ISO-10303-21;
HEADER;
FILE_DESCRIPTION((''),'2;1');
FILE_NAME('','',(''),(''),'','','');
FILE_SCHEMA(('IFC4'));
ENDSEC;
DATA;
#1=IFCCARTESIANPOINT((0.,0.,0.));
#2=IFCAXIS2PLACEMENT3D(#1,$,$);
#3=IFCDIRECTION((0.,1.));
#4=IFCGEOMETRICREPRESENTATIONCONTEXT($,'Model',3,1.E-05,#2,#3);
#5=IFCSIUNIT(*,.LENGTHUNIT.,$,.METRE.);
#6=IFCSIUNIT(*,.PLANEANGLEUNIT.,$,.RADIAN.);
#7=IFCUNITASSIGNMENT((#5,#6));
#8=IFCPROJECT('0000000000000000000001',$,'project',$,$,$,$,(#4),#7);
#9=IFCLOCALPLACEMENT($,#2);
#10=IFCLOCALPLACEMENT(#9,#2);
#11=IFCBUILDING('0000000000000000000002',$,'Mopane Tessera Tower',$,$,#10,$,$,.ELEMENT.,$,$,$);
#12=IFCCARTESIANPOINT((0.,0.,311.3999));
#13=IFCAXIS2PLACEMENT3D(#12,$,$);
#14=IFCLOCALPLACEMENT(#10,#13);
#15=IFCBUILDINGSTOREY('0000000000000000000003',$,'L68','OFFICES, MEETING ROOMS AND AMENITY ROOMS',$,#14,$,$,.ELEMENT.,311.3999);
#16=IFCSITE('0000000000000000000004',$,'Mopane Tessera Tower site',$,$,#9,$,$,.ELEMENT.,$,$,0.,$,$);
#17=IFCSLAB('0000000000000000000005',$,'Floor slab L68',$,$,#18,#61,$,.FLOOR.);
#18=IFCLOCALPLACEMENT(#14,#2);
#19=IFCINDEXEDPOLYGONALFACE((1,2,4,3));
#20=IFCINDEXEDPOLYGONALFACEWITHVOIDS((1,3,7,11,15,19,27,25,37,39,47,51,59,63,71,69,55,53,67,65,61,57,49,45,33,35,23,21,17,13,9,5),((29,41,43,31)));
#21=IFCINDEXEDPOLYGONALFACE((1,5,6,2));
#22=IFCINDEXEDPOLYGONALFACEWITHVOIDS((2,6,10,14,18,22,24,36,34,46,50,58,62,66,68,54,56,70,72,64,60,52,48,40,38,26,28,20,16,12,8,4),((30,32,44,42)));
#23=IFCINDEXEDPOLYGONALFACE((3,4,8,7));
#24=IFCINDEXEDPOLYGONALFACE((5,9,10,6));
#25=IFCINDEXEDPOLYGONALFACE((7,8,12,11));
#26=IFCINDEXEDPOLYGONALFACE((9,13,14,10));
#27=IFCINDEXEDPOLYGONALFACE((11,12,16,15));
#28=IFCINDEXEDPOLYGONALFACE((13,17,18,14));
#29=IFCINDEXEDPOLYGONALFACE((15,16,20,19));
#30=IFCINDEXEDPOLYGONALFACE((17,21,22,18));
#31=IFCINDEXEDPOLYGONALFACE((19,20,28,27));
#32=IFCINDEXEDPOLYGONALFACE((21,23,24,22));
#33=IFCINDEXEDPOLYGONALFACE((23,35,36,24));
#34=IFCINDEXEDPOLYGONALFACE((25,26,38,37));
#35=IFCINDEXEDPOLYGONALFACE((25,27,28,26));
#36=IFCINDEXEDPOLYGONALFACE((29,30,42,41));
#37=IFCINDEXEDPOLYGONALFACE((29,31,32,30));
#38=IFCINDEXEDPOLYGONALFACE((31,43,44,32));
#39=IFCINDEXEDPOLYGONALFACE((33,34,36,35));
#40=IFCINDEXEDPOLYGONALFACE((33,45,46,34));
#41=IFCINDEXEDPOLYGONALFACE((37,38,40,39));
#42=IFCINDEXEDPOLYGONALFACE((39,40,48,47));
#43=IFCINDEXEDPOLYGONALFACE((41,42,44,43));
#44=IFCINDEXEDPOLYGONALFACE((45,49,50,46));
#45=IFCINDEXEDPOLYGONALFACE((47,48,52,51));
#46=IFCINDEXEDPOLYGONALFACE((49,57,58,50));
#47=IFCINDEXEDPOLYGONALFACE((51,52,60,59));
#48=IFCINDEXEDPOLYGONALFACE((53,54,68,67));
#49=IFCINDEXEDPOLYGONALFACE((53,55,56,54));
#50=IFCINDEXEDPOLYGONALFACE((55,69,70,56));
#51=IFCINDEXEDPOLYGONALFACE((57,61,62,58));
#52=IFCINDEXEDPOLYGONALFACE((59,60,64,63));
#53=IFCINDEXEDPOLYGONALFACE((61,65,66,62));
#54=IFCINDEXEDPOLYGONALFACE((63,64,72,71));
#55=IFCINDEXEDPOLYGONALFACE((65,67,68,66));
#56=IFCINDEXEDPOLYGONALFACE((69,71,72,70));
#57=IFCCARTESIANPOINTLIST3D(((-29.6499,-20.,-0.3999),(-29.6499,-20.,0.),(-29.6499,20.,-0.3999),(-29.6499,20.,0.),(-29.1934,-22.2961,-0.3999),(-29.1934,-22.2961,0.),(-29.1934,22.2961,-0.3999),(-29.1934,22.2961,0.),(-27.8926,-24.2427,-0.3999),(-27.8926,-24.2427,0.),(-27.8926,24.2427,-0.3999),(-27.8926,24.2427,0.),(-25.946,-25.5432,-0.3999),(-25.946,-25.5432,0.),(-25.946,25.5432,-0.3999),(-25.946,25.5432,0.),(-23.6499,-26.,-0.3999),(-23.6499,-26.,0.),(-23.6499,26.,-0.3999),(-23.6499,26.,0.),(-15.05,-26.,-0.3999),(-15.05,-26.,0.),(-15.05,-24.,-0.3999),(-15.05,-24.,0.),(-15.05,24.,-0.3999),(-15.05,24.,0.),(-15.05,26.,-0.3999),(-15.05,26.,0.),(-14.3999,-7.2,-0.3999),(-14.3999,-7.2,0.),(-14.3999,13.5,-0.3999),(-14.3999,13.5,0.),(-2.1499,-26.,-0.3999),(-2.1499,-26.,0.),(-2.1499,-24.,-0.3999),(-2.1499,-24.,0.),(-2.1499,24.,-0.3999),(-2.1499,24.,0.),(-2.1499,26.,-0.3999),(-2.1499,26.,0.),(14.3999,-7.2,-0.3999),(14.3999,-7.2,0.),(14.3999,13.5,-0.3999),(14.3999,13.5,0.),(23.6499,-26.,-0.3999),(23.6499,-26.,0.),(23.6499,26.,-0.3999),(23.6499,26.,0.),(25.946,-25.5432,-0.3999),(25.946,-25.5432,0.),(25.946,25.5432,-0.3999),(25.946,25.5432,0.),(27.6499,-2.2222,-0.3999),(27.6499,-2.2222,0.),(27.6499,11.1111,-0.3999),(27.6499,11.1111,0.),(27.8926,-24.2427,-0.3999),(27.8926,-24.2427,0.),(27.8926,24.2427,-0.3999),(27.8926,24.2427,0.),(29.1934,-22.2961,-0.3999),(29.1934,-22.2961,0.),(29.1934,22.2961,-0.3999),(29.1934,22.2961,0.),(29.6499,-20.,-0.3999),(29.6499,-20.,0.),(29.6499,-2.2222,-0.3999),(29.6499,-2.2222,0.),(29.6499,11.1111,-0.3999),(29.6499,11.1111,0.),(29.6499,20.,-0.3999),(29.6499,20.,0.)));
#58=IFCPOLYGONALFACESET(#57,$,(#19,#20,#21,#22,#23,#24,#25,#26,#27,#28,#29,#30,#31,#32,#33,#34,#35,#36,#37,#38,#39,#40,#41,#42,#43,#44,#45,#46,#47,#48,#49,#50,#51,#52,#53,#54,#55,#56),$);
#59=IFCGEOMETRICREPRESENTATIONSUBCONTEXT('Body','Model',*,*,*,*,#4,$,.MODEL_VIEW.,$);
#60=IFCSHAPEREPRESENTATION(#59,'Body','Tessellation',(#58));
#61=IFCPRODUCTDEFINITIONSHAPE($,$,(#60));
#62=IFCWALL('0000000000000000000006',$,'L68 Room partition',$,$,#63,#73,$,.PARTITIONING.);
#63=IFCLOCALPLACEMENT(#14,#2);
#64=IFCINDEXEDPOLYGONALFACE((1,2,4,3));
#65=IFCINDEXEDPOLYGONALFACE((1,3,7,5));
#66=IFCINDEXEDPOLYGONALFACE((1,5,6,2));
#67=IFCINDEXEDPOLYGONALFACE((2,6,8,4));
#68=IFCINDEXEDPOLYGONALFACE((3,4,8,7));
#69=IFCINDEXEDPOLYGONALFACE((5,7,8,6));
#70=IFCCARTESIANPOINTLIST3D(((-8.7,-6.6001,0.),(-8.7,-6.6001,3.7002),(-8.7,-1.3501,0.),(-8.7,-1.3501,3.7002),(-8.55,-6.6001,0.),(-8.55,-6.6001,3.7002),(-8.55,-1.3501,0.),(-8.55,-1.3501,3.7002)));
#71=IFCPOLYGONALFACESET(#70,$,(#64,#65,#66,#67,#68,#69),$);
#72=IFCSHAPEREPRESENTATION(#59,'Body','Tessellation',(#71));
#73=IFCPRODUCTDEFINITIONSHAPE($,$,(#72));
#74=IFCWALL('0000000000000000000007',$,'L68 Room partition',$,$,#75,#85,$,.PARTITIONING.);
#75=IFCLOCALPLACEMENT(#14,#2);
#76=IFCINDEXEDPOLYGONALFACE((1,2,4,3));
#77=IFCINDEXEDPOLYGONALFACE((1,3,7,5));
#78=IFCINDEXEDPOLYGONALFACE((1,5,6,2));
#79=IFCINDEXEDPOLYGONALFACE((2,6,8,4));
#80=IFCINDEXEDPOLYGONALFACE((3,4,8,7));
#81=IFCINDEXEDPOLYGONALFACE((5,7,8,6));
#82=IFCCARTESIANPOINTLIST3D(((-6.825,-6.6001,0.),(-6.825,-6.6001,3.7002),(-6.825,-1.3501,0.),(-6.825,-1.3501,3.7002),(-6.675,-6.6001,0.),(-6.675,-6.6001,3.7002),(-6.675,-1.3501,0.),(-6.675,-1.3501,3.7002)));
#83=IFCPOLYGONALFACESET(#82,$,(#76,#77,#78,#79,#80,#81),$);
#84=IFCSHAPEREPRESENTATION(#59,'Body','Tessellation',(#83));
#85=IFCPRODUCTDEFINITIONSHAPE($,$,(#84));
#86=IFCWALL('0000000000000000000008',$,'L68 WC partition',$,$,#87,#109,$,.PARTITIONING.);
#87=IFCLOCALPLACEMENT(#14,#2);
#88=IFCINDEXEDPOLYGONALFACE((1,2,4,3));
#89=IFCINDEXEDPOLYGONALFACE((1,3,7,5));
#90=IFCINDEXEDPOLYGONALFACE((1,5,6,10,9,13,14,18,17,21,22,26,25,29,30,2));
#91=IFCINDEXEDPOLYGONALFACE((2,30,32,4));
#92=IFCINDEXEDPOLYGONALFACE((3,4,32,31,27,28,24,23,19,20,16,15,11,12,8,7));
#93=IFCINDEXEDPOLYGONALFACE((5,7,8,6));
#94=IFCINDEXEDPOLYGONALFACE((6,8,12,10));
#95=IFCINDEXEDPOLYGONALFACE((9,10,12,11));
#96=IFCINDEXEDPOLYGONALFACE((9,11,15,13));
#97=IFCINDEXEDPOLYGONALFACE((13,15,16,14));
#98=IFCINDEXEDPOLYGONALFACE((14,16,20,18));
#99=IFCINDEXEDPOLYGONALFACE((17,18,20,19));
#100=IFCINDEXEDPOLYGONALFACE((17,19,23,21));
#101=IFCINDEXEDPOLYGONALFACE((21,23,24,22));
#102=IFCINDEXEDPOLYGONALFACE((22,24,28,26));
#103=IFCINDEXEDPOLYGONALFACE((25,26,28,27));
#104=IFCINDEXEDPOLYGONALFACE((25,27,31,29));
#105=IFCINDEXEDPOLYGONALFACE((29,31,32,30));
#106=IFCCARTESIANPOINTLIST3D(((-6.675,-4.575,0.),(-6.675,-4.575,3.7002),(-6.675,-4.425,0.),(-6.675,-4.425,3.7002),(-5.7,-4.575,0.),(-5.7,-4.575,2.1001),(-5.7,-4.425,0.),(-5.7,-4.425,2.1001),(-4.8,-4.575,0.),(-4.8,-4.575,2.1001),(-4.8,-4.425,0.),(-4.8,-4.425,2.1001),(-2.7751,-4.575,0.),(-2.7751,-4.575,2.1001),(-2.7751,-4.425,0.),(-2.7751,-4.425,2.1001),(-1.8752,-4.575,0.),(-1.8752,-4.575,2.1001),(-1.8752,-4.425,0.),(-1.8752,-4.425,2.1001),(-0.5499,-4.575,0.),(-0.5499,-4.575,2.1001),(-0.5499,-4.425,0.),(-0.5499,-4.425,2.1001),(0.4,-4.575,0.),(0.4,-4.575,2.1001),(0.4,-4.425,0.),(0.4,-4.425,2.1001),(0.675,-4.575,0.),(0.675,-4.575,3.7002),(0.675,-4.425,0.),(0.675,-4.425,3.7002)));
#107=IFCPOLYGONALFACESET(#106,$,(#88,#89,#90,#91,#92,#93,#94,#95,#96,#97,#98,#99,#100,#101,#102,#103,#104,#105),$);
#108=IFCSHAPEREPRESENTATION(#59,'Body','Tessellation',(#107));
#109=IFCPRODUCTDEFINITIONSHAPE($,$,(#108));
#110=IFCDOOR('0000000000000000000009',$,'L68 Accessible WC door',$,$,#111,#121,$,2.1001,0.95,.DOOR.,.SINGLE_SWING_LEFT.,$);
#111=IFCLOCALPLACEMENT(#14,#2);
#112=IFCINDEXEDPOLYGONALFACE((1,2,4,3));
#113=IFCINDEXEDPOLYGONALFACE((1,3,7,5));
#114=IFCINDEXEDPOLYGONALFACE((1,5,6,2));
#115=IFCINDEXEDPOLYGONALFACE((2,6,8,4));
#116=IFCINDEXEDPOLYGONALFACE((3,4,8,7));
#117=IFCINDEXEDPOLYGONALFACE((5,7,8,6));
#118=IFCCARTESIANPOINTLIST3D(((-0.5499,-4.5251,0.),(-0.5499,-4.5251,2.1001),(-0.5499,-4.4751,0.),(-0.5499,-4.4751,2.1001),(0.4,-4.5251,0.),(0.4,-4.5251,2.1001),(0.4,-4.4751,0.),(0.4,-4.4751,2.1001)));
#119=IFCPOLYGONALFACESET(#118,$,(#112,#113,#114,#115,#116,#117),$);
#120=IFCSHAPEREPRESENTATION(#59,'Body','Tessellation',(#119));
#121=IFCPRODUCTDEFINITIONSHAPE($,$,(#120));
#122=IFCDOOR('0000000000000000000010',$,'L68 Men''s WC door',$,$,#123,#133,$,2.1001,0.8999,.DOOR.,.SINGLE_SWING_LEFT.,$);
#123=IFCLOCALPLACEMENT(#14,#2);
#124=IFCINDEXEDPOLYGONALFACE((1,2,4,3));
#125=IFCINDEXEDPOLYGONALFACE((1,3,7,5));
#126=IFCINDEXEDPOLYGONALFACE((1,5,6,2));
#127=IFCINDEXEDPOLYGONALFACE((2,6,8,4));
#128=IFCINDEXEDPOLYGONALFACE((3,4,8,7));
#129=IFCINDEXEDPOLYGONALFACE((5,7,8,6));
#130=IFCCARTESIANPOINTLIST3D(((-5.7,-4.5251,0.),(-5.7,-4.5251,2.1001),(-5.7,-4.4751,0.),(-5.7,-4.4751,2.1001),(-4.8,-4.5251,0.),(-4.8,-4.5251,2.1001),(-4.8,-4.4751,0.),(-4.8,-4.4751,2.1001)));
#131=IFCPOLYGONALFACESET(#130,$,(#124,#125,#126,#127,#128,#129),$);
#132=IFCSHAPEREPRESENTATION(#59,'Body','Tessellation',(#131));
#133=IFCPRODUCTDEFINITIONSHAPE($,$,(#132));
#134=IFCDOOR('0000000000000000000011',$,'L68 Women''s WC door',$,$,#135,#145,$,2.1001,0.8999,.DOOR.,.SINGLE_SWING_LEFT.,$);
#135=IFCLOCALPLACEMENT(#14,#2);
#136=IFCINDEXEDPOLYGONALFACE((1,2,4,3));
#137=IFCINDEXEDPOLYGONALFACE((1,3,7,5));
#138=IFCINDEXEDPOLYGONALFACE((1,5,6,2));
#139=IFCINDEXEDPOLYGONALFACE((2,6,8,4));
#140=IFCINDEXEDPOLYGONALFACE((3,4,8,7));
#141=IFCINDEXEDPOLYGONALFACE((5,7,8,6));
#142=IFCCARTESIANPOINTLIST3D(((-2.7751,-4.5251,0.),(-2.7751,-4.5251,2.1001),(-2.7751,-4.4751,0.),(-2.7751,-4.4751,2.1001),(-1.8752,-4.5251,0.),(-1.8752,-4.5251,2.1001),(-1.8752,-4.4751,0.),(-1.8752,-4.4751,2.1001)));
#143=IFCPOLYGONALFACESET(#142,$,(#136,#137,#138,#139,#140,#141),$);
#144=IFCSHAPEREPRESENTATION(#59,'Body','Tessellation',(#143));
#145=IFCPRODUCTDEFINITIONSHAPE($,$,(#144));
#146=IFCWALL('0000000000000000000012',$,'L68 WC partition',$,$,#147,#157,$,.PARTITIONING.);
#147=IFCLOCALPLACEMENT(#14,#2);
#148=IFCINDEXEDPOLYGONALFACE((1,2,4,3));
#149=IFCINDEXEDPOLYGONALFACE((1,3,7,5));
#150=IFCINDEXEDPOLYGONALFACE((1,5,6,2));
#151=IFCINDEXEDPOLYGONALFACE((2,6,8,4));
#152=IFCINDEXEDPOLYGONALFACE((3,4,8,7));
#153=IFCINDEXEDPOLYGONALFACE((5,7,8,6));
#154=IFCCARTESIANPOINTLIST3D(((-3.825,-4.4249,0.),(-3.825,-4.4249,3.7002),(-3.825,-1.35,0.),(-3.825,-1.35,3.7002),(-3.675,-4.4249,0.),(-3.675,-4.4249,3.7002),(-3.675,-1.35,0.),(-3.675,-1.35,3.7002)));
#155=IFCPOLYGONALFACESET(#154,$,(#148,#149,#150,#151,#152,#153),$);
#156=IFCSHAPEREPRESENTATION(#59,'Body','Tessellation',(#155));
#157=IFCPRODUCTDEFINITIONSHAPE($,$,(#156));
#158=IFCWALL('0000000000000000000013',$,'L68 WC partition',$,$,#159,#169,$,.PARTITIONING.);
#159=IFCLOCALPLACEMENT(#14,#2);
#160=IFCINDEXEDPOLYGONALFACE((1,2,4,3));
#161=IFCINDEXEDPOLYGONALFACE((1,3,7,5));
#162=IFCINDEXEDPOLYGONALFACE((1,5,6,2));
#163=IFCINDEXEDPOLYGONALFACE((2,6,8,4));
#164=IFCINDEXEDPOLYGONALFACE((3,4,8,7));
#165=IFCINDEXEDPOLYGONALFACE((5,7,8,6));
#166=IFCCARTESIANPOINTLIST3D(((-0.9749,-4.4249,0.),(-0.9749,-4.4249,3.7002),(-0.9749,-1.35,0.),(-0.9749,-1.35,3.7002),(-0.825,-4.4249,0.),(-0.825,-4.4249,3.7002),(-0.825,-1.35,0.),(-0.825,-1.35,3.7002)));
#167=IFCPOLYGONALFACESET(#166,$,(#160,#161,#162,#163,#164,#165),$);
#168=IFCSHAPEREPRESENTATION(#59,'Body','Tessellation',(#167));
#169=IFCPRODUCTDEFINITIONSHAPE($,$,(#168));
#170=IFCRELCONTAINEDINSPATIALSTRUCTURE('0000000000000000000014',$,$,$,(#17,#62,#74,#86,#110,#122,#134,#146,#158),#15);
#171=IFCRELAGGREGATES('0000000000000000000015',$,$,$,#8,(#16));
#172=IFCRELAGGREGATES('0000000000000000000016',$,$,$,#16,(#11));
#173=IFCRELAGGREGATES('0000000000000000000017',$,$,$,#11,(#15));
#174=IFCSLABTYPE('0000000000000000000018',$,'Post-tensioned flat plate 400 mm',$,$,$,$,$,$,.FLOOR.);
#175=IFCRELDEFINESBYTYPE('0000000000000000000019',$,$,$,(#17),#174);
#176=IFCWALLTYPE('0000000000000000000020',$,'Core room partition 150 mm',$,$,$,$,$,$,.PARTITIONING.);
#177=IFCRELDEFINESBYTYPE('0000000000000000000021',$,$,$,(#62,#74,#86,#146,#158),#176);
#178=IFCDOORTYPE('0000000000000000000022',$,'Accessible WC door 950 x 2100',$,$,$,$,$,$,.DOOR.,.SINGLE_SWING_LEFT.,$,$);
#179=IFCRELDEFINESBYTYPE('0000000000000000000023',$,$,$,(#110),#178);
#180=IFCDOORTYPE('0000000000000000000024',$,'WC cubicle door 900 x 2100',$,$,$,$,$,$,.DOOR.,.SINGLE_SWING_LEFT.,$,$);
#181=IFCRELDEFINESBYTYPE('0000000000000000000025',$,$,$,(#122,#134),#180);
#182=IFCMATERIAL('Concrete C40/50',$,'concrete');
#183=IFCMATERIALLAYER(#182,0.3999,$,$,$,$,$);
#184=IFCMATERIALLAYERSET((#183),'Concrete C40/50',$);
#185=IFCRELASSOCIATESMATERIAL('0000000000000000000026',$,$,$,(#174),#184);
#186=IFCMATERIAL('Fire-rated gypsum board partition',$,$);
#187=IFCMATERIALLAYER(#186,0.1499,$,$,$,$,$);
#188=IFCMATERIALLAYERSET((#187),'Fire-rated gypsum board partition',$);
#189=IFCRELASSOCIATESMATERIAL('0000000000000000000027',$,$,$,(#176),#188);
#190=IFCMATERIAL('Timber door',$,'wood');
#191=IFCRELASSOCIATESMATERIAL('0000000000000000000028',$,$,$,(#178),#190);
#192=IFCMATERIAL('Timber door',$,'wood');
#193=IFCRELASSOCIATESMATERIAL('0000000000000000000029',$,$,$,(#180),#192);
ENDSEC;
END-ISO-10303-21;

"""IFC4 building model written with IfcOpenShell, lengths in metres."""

from ifc_helpers import new_model, si_unit, direction, frame, frame_2d, origin, place, context, subcontext, project, spatial, polyline, rectangle, outline, extrude, material, layer, layer_set, type_object, element, fill, save


model = new_model("IFC4")

# Units and contexts
model_context = context("Model", 3, precision=1e-05, world=origin(), true_north=direction((0.0, 1.0)))
body_context = subcontext(model_context, "Body", "Model", "MODEL_VIEW")
ifc_project = project(units=[si_unit("LENGTHUNIT", "METRE"), si_unit("PLANEANGLEUNIT", "RADIAN")], contexts=[model_context])

# Site, building, storey
site_placement = place(None, origin())
site = spatial("IfcSite", under=ifc_project, at=site_placement, Name="Mopane Tessera Tower site", CompositionType="ELEMENT", RefElevation=0.0)
building_placement = place(site_placement, origin())
building = spatial("IfcBuilding", under=site, at=building_placement, Name="Mopane Tessera Tower", CompositionType="ELEMENT")
storey_placement = place(building_placement, frame((0.0, 0.0, 311.3999)))
storey = spatial("IfcBuildingStorey", under=building, at=storey_placement, Name="L68", Description="OFFICES, MEETING ROOMS AND AMENITY ROOMS", CompositionType="ELEMENT", Elevation=311.3999)

# Slab
ifc_material_1 = material(Name="Concrete C40/50", Category="concrete")
ifc_layer_1 = layer(ifc_material_1, 0.3999)
ifc_layer_set_1 = layer_set([ifc_layer_1], Name="Concrete C40/50")
slab_type = type_object("IfcSlabType", Name="Post-tensioned flat plate 400 mm", PredefinedType="FLOOR", material=ifc_layer_set_1)
slab_placement = place(storey_placement, frame((0.0, 0.0, -0.3999)))
element("IfcSlab", 1, at=slab_placement, inside=storey, type_object=slab_type, Name="Floor slab L68", PredefinedType="FLOOR", context=body_context, shape_type="SweptSolid", body=[
    extrude(outline(polyline([(-23.6499, -26.0), (-15.05, -26.0), (-15.05, -24.0), (-2.1499, -24.0), (-2.1499, -26.0), (23.6499, -26.0), (25.946, -25.5432), (27.8926, -24.2427), (29.1934, -22.2961), (29.6499, -20.0), (29.6499, -2.2222), (27.6499, -2.2222), (27.6499, 11.1111), (29.6499, 11.1111), (29.6499, 20.0), (29.1934, 22.2961), (27.8926, 24.2427), (25.946, 25.5432), (23.6499, 26.0), (-2.1499, 26.0), (-2.1499, 24.0), (-15.05, 24.0), (-15.05, 26.0), (-23.6499, 26.0), (-25.946, 25.5432), (-27.8926, 24.2427), (-29.1934, 22.2961), (-29.6499, 20.0), (-29.6499, -20.0), (-29.1934, -22.2961), (-27.8926, -24.2427), (-25.946, -25.5432), (-23.6499, -26.0)]), holes=[polyline([(14.3999, -7.2), (-14.3999, -7.2), (-14.3999, 13.5), (14.3999, 13.5), (14.3999, -7.2)])]), origin(), (0.0, 0.0, 1.0), 0.3999),
])

# Walls
ifc_material_2 = material(Name="Fire-rated gypsum board partition")
ifc_layer_2 = layer(ifc_material_2, 0.1499)
ifc_layer_set_2 = layer_set([ifc_layer_2], Name="Fire-rated gypsum board partition")
wall_type_1 = type_object("IfcWallType", Name="Core room partition 150 mm", PredefinedType="PARTITIONING", material=ifc_layer_set_2)
for number, where, z_axis, x_axis, name in (
    (2, (-8.625, -6.6001, 0.0), (0.0, 0.0, 1.0), (0.0, 1.0, 0.0), "L68 Room partition"),
    (3, (-6.75, -6.6001, 0.0), (0.0, 0.0, 1.0), (0.0, 1.0, 0.0), "L68 Room partition"),
):
    element("IfcWall", number, at=place(storey_placement, frame(where, z_axis=z_axis, x_axis=x_axis)), inside=storey, type_object=wall_type_1, Name=name, PredefinedType="PARTITIONING", context=body_context, shape_type="SweptSolid", body=[
        extrude(rectangle(XDim=5.25, YDim=0.1499, at=frame_2d((2.625, 0.0))), origin(), (0.0, 0.0, 1.0), 3.7002),
    ])

# Wall, openings, doors
wall_1_placement = place(storey_placement, frame((-6.675, -4.5, 0.0), z_axis=(0.0, 0.0, 1.0), x_axis=(1.0, 0.0, 0.0)))
wall_1 = element("IfcWall", 4, at=wall_1_placement, inside=storey, type_object=wall_type_1, Name="L68 WC partition", PredefinedType="PARTITIONING", context=body_context, shape_type="SweptSolid", body=[
    extrude(rectangle(XDim=7.3501, YDim=0.1499, at=frame_2d((3.675, 0.0))), origin(), (0.0, 0.0, 1.0), 3.7002),
])
opening_1_placement = place(wall_1_placement, frame((0.9751, 0.0, 0.0)))
opening_1 = element("IfcOpeningElement", 5, at=opening_1_placement, cuts=wall_1, PredefinedType="OPENING", context=body_context, shape_type="SweptSolid", body=[
    extrude(rectangle(XDim=0.8999, YDim=2.1001, at=frame_2d((0.45, 1.05))), frame((0.0, 0.0869, 0.0), z_axis=(0.0, -1.0, 0.0), x_axis=(1.0, 0.0, 0.0)), (0.0, 0.0, 1.0), 0.1738),
])
opening_2_placement = place(wall_1_placement, frame((3.8999, 0.0, 0.0)))
opening_2 = element("IfcOpeningElement", 6, at=opening_2_placement, cuts=wall_1, PredefinedType="OPENING", context=body_context, shape_type="SweptSolid", body=[
    extrude(rectangle(XDim=0.8999, YDim=2.1001, at=frame_2d((0.45, 1.05))), frame((0.0, 0.0869, 0.0), z_axis=(0.0, -1.0, 0.0), x_axis=(1.0, 0.0, 0.0)), (0.0, 0.0, 1.0), 0.1738),
])
opening_3_placement = place(wall_1_placement, frame((6.125, 0.0, 0.0)))
opening_3 = element("IfcOpeningElement", 7, at=opening_3_placement, cuts=wall_1, PredefinedType="OPENING", context=body_context, shape_type="SweptSolid", body=[
    extrude(rectangle(XDim=0.95, YDim=2.1001, at=frame_2d((0.4751, 1.05))), frame((0.0, 0.0869, 0.0), z_axis=(0.0, -1.0, 0.0), x_axis=(1.0, 0.0, 0.0)), (0.0, 0.0, 1.0), 0.1738),
])
ifc_material_3 = material(Name="Timber door", Category="wood")
door_type_1 = type_object("IfcDoorType", Name="Accessible WC door 950 x 2100", OperationType="SINGLE_SWING_LEFT", PredefinedType="DOOR", material=ifc_material_3)
door_1_placement = place(opening_3_placement, origin())
door_1 = element("IfcDoor", 8, at=door_1_placement, inside=storey, type_object=door_type_1, Name="L68 Accessible WC door", OperationType="SINGLE_SWING_LEFT", OverallHeight=2.1001, OverallWidth=0.95, PredefinedType="DOOR", context=body_context, shape_type="SweptSolid", body=[
    extrude(rectangle(XDim=0.95, YDim=2.1001, at=frame_2d((0.4751, 1.05))), frame((0.0, 0.0249, 0.0), z_axis=(0.0, -1.0, 0.0), x_axis=(1.0, 0.0, 0.0)), (0.0, 0.0, 1.0), 0.05),
])
fill(opening_3, door_1)
ifc_material_4 = material(Name="Timber door", Category="wood")
door_type_2 = type_object("IfcDoorType", Name="WC cubicle door 900 x 2100", OperationType="SINGLE_SWING_LEFT", PredefinedType="DOOR", material=ifc_material_4)
door_2_placement = place(opening_1_placement, origin())
door_2 = element("IfcDoor", 9, at=door_2_placement, inside=storey, type_object=door_type_2, Name="L68 Men's WC door", OperationType="SINGLE_SWING_LEFT", OverallHeight=2.1001, OverallWidth=0.8999, PredefinedType="DOOR", context=body_context, shape_type="SweptSolid", body=[
    extrude(rectangle(XDim=0.8999, YDim=2.1001, at=frame_2d((0.45, 1.05))), frame((0.0, 0.0249, 0.0), z_axis=(0.0, -1.0, 0.0), x_axis=(1.0, 0.0, 0.0)), (0.0, 0.0, 1.0), 0.05),
])
fill(opening_1, door_2)
door_3_placement = place(opening_2_placement, origin())
door_3 = element("IfcDoor", 10, at=door_3_placement, inside=storey, type_object=door_type_2, Name="L68 Women's WC door", OperationType="SINGLE_SWING_LEFT", OverallHeight=2.1001, OverallWidth=0.8999, PredefinedType="DOOR", context=body_context, shape_type="SweptSolid", body=[
    extrude(rectangle(XDim=0.8999, YDim=2.1001, at=frame_2d((0.45, 1.05))), frame((0.0, 0.0249, 0.0), z_axis=(0.0, -1.0, 0.0), x_axis=(1.0, 0.0, 0.0)), (0.0, 0.0, 1.0), 0.05),
])
fill(opening_2, door_3)

# Walls
for number, where, z_axis, x_axis, name in (
    (11, (-3.75, -4.425, 0.0), (0.0, 0.0, 1.0), (0.0, 1.0, 0.0), "L68 WC partition"),
    (12, (-0.8999, -4.425, 0.0), (0.0, 0.0, 1.0), (0.0, 1.0, 0.0), "L68 WC partition"),
):
    element("IfcWall", number, at=place(storey_placement, frame(where, z_axis=z_axis, x_axis=x_axis)), inside=storey, type_object=wall_type_1, Name=name, PredefinedType="PARTITIONING", context=body_context, shape_type="SweptSolid", body=[
        extrude(rectangle(XDim=3.075, YDim=0.1499, at=frame_2d((1.5376, 0.0))), origin(), (0.0, 0.0, 1.0), 3.7002),
    ])

save(model, "model.ifc")
